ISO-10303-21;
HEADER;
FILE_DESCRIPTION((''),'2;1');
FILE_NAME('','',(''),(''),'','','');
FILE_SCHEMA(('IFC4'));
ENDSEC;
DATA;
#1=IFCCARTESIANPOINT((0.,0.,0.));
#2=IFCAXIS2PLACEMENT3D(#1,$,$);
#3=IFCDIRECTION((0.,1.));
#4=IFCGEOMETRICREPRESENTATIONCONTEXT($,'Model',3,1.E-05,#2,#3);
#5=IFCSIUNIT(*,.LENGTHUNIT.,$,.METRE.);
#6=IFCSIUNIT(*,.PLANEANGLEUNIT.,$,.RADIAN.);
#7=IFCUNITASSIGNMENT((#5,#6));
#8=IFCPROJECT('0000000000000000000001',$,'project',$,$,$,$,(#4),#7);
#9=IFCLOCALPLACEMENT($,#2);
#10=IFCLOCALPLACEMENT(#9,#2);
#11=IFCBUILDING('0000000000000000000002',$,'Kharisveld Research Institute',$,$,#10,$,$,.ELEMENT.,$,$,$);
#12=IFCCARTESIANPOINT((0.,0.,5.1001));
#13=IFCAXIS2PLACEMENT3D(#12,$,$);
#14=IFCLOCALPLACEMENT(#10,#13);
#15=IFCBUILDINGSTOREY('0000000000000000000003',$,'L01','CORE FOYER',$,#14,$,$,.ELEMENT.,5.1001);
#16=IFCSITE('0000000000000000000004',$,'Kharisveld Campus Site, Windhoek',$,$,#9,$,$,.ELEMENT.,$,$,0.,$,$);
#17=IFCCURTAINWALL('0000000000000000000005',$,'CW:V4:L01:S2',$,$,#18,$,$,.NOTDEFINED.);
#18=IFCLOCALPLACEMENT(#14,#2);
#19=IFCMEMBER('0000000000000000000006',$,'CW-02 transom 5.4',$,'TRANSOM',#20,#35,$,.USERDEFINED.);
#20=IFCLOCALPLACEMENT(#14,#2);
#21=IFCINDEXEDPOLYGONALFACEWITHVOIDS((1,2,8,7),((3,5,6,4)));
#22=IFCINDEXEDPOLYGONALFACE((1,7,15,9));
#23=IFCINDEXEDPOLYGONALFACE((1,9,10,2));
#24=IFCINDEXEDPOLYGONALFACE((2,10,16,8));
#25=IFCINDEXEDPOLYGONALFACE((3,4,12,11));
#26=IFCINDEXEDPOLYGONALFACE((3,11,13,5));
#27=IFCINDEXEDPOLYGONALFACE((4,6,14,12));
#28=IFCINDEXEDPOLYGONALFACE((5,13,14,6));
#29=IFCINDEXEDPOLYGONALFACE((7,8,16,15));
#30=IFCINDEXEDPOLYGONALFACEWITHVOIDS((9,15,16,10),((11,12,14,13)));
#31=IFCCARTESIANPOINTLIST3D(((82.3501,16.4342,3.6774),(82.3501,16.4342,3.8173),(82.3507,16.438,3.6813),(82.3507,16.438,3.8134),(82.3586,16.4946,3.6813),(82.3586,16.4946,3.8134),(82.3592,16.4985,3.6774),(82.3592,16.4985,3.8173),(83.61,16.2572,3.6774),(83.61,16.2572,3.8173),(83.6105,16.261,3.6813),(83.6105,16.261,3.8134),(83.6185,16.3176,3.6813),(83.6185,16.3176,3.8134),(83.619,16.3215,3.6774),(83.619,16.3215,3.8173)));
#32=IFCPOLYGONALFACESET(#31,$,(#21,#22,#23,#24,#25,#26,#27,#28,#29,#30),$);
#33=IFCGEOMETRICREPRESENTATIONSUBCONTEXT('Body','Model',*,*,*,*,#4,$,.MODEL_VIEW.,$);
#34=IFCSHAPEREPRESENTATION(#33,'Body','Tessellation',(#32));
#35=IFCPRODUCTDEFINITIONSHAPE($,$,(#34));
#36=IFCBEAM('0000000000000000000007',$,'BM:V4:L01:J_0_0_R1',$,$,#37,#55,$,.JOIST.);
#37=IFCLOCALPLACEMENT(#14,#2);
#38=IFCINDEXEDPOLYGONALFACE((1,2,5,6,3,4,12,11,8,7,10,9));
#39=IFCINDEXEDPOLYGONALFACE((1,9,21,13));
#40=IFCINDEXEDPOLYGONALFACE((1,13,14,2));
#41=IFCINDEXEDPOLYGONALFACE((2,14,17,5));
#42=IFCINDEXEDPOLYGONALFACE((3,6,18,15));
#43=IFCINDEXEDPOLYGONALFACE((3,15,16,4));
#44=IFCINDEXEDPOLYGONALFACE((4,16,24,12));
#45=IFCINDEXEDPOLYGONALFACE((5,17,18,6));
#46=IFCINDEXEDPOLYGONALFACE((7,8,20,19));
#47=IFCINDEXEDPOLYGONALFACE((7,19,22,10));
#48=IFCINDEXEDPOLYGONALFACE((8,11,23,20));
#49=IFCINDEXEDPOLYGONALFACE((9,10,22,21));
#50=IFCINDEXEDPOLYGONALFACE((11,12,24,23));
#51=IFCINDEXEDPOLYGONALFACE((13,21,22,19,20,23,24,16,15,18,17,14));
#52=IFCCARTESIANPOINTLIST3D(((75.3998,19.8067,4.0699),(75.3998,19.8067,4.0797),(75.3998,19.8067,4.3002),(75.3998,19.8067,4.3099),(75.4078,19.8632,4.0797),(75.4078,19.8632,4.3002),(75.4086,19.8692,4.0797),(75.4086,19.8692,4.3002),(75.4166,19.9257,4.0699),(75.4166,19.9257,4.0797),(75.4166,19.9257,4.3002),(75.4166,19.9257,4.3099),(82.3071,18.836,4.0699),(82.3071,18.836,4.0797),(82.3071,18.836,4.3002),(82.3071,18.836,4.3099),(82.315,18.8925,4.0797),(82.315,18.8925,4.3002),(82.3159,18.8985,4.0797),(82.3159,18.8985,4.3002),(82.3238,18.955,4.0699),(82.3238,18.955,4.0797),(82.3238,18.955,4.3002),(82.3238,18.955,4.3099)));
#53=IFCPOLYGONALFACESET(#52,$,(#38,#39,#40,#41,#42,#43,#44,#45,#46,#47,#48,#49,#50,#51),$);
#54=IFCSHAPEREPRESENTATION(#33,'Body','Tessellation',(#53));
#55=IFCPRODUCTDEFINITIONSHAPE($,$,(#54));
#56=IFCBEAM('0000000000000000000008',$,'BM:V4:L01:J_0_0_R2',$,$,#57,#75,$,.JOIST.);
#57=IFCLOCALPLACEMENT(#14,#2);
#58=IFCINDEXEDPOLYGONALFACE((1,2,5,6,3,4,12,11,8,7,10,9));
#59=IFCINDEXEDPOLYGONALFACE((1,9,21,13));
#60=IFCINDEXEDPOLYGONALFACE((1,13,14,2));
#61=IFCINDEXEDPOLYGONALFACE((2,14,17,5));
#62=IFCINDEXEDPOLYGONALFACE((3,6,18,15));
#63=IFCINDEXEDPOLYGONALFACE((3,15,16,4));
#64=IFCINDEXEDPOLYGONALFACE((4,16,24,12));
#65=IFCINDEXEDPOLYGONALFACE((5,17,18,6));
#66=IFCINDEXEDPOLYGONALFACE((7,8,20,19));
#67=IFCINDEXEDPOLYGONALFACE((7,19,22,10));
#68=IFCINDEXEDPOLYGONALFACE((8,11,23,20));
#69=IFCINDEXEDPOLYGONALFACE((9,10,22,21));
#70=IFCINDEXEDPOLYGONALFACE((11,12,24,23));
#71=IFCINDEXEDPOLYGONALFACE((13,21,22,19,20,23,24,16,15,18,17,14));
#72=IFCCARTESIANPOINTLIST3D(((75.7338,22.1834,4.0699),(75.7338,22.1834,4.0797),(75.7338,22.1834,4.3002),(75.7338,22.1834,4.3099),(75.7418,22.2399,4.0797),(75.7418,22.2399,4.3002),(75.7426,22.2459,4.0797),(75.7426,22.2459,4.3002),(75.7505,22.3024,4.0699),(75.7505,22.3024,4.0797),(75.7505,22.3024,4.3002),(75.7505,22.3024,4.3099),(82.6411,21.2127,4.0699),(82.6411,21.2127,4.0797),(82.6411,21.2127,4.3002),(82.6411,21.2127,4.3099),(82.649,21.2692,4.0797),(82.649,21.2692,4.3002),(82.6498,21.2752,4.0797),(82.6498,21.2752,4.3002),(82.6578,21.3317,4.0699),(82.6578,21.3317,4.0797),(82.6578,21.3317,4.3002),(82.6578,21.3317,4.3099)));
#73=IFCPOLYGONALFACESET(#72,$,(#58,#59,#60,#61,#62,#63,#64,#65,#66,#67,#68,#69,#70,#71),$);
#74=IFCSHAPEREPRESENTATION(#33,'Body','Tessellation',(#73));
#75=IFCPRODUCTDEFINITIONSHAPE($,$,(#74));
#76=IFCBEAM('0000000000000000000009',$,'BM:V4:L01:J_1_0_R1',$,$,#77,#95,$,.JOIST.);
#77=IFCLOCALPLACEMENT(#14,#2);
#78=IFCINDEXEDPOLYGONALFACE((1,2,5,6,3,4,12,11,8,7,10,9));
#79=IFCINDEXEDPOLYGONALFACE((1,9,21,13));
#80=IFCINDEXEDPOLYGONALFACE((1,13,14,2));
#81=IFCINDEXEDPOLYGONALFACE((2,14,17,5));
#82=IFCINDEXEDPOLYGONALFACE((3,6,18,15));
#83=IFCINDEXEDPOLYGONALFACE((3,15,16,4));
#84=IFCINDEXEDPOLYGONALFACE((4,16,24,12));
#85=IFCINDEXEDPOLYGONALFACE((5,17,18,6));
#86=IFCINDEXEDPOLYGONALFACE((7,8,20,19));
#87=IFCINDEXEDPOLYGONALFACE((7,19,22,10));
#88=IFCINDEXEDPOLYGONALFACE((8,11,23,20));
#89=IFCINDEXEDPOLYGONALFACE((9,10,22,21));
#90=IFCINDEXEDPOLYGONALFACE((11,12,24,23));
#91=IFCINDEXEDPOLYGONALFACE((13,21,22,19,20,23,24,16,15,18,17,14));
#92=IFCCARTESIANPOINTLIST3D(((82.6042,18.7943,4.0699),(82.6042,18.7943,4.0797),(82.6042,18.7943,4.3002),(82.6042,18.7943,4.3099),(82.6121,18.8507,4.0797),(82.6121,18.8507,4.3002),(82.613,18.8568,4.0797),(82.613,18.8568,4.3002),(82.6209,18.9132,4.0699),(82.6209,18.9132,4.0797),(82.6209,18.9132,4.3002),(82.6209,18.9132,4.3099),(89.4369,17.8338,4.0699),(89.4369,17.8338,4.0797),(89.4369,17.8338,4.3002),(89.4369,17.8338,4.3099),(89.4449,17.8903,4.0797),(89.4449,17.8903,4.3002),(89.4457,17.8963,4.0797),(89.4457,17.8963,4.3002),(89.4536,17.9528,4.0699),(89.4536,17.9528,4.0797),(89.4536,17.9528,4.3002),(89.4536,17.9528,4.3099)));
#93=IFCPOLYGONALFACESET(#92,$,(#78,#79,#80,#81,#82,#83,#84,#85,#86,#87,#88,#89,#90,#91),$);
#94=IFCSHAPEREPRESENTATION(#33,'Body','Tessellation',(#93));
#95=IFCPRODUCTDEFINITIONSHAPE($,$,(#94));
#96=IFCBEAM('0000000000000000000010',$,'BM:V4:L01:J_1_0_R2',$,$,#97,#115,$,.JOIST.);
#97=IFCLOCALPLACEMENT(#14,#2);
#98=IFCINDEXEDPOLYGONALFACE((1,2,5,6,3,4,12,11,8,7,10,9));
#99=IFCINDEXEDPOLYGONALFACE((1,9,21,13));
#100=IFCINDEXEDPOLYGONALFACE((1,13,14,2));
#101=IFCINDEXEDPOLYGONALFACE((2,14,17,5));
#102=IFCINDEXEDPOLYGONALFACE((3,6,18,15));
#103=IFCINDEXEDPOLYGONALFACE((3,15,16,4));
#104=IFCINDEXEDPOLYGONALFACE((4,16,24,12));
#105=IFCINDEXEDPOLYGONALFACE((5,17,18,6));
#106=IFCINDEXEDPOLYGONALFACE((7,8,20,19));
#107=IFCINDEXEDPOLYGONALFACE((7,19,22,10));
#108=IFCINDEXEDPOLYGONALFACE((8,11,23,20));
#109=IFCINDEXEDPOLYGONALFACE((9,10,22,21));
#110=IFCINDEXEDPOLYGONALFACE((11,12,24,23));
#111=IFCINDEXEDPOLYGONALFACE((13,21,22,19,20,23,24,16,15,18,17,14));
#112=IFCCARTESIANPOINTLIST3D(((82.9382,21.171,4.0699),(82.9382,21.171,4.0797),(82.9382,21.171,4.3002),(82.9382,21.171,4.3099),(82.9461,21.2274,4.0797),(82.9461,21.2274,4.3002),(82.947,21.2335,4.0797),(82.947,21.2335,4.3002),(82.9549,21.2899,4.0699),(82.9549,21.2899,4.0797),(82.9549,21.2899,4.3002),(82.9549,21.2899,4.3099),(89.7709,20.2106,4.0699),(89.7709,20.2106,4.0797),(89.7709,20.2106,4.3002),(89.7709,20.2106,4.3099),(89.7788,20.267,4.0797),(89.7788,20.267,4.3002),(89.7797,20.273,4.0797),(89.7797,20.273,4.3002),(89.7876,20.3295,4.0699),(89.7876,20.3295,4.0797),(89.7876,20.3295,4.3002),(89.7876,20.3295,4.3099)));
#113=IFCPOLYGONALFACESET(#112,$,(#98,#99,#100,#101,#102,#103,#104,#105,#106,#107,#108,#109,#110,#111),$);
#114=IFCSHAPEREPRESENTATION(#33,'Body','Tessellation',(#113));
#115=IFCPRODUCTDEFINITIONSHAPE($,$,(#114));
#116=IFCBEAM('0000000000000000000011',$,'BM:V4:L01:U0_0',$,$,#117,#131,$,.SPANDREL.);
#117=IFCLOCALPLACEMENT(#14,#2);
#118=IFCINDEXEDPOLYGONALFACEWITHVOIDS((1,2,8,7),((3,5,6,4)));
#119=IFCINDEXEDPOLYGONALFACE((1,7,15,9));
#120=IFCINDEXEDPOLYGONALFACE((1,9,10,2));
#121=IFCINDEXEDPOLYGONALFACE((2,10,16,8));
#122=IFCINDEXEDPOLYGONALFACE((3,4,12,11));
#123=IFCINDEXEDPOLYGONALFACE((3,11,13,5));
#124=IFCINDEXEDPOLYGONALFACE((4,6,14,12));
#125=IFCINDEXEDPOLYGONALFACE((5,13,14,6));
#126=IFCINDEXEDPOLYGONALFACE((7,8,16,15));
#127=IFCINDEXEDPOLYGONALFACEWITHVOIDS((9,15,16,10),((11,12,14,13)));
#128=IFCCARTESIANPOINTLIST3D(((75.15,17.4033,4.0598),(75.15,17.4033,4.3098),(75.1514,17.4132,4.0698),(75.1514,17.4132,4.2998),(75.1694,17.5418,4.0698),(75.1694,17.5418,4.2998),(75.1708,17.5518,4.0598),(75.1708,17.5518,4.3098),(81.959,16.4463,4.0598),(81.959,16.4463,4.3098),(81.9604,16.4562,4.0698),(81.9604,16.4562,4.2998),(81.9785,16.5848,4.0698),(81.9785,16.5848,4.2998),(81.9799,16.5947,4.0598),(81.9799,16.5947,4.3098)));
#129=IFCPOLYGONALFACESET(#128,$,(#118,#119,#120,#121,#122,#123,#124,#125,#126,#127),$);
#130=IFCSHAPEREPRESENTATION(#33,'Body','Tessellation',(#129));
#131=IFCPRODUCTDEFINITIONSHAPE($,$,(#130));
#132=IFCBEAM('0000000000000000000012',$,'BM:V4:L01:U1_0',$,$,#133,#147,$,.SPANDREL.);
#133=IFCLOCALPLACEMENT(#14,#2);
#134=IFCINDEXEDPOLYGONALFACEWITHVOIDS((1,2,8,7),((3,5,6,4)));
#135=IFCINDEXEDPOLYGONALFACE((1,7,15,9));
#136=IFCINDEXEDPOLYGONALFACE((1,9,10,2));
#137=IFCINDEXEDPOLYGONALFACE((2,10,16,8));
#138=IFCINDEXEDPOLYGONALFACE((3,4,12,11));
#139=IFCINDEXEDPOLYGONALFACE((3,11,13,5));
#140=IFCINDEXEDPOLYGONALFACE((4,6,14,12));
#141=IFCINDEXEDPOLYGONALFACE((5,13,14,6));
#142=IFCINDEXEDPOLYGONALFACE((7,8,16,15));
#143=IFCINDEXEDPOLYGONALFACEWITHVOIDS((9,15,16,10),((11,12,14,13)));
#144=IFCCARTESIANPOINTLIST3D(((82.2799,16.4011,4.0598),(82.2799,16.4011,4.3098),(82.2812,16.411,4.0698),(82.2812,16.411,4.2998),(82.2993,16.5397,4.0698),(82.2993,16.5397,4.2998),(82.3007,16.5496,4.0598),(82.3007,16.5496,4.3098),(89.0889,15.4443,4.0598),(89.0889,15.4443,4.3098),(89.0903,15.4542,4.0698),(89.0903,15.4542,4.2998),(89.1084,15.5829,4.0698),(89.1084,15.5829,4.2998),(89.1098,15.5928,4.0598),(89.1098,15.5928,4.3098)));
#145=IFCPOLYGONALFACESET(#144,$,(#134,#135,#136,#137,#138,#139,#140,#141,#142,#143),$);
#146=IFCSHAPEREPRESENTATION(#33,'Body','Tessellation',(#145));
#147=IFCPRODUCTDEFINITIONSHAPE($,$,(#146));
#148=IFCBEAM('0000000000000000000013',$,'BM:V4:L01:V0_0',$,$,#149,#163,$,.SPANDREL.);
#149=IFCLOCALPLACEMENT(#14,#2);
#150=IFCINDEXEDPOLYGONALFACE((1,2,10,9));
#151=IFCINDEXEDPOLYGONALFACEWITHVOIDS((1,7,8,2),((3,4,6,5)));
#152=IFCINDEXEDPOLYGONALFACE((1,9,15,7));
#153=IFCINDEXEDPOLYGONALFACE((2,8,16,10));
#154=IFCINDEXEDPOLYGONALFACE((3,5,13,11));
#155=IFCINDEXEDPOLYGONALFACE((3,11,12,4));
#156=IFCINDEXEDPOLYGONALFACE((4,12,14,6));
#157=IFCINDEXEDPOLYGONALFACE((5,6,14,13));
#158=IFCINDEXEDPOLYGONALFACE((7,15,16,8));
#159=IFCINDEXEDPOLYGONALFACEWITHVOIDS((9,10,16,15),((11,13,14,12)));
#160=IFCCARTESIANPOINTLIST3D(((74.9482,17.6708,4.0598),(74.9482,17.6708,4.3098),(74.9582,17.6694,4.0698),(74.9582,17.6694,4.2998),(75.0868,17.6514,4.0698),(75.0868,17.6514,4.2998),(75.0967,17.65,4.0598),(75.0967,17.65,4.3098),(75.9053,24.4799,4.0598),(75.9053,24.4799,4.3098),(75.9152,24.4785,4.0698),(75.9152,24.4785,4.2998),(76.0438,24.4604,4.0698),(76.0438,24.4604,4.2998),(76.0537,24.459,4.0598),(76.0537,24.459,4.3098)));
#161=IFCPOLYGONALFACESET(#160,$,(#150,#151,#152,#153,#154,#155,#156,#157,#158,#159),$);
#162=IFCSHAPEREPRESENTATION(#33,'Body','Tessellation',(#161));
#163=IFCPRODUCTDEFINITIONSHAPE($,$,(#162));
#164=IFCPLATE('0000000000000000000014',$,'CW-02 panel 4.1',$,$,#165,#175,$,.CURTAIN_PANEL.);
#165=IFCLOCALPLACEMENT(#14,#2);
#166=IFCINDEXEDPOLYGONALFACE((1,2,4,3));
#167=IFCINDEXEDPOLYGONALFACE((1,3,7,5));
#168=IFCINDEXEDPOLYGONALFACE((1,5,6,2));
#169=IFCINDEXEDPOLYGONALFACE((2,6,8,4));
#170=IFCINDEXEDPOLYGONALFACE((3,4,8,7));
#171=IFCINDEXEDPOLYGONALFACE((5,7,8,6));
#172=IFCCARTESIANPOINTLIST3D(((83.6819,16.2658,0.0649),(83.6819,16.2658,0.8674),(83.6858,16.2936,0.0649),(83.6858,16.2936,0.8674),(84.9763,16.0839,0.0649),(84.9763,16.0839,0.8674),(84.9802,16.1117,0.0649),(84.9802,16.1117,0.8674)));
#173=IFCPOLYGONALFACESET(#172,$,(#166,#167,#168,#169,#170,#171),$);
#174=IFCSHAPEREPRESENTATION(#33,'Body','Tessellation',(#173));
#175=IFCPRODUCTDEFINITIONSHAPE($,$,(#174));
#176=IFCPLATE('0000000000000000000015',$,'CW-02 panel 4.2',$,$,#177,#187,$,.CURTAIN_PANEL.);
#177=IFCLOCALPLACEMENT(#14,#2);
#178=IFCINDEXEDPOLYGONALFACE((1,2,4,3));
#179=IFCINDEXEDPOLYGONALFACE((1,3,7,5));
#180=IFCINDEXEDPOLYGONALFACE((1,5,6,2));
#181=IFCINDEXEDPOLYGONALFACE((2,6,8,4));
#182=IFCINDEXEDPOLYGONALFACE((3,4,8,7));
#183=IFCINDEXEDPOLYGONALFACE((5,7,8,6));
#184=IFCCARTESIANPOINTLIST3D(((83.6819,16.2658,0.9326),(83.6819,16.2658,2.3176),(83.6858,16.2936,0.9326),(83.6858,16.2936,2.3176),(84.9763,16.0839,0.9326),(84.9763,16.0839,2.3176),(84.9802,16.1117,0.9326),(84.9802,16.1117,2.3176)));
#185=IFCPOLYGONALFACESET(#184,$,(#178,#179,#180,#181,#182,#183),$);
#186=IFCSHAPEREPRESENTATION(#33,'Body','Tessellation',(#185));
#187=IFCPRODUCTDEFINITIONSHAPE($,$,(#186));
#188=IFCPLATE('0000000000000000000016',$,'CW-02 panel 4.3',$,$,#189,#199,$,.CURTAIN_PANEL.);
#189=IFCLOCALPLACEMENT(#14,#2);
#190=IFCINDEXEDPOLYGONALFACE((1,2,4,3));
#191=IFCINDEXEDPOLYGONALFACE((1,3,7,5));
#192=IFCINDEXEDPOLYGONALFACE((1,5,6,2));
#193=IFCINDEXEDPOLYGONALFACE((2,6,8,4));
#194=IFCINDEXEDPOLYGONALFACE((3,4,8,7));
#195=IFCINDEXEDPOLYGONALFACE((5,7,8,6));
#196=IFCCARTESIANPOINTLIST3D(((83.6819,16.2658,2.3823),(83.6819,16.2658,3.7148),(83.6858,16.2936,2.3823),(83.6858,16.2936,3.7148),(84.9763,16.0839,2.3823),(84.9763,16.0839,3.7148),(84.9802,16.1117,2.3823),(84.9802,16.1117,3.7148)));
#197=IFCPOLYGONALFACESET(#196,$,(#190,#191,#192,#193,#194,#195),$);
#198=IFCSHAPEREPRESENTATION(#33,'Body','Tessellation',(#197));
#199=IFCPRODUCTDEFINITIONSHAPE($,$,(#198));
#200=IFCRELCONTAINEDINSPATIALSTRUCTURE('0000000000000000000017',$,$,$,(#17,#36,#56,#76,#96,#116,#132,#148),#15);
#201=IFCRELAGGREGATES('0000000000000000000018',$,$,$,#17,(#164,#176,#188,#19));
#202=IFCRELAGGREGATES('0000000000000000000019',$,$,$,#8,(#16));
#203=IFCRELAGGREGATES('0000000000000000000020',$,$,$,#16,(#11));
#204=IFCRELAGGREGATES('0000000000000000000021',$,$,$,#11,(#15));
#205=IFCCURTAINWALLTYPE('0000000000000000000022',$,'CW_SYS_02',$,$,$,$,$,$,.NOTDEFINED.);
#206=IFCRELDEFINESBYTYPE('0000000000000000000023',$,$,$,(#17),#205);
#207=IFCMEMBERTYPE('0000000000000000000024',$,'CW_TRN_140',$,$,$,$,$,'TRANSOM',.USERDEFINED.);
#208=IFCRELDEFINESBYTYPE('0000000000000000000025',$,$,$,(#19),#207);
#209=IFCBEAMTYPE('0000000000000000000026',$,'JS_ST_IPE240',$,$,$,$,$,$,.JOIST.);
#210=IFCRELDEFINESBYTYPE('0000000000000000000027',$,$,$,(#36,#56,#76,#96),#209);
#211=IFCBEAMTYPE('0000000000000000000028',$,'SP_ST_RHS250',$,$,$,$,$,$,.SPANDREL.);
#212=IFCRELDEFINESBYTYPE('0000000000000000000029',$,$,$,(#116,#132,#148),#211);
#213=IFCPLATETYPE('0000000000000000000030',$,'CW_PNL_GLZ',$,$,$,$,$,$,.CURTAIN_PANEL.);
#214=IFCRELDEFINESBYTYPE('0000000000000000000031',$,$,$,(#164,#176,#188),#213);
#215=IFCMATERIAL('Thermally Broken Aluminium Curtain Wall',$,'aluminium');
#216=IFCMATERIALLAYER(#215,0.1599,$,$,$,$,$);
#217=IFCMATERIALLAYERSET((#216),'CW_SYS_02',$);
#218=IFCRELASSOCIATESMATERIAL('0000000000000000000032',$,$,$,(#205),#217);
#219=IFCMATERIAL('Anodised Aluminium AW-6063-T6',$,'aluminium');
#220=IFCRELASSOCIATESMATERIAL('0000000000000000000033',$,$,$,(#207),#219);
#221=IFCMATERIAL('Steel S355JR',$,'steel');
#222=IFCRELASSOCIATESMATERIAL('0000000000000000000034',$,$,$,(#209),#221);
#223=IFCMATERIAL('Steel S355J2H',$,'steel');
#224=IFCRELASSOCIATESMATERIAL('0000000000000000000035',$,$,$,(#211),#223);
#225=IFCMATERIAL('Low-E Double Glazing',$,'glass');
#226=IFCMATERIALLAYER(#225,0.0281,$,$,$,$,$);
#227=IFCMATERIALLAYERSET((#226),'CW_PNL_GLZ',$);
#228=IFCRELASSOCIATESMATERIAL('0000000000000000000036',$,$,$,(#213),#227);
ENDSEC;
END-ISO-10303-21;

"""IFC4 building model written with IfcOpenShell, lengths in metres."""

from ifc_helpers import new_model, si_unit, direction, frame, origin, origin_2d, place, context, subcontext, project, spatial, rectangle, hollow_rectangle, i_section, extrude, material, layer, layer_set, material_profile, profile_set, type_object, element, aggregate, save


model = new_model("IFC4")

# Units and contexts
model_context = context("Model", 3, precision=1e-05, world=origin(), true_north=direction((0.0, 1.0)))
body_context = subcontext(model_context, "Body", "Model", "MODEL_VIEW")
ifc_project = project(units=[si_unit("LENGTHUNIT", "METRE"), si_unit("PLANEANGLEUNIT", "RADIAN")], contexts=[model_context])

# Site, building, storey
site_placement = place(None, origin())
site = spatial("IfcSite", under=ifc_project, at=site_placement, Name="Kharisveld Campus Site, Windhoek", CompositionType="ELEMENT", RefElevation=0.0)
building_placement = place(site_placement, origin())
building = spatial("IfcBuilding", under=site, at=building_placement, Name="Kharisveld Research Institute", CompositionType="ELEMENT")
storey_placement = place(building_placement, frame((0.0, 0.0, 5.1001)))
storey = spatial("IfcBuildingStorey", under=building, at=storey_placement, Name="L01", Description="CORE FOYER", CompositionType="ELEMENT", Elevation=5.1001)

# Curtain wall, member
ifc_material_1 = material(Name="Thermally Broken Aluminium Curtain Wall", Category="aluminium")
ifc_layer_1 = layer(ifc_material_1, 0.1599)
ifc_layer_set_1 = layer_set([ifc_layer_1], Name="CW_SYS_02")
curtain_wall_type = type_object("IfcCurtainWallType", Name="CW_SYS_02", PredefinedType="NOTDEFINED", material=ifc_layer_set_1)
curtain_wall_placement = place(storey_placement, origin())
curtain_wall = element("IfcCurtainWall", 1, at=curtain_wall_placement, inside=storey, type_object=curtain_wall_type, Name="CW:V4:L01:S2", PredefinedType="NOTDEFINED")
ifc_material_2 = material(Name="Anodised Aluminium AW-6063-T6", Category="aluminium")
ifc_material_profile_1 = material_profile(ifc_material_2, hollow_rectangle(XDim=0.0649, YDim=0.1399, WallThickness=0.0039, at=origin_2d()))
ifc_profile_set_1 = profile_set([ifc_material_profile_1], Name="Anodised Aluminium AW-6063-T6")
member_type_1 = type_object("IfcMemberType", Name="CW_TRN_140", ElementType="TRANSOM", PredefinedType="USERDEFINED", material=ifc_profile_set_1)
member_1_placement = place(storey_placement, frame((83.6145, 16.2893, 3.7473), z_axis=(-0.990273, 0.139137, 0.0), x_axis=(-0.139137, -0.990273, 0.0)))
member_1 = element("IfcMember", 2, at=member_1_placement, type_object=member_type_1, Name="CW-02 transom 5.4", ObjectType="TRANSOM", PredefinedType="USERDEFINED", context=body_context, shape_type="SweptSolid", body=[
    extrude(hollow_rectangle(XDim=0.0649, YDim=0.1399, WallThickness=0.0039, at=origin_2d()), origin(), (0.0, 0.0, 1.0), 1.2722),
])

# Beams
ifc_material_3 = material(Name="Steel S355JR", Category="steel")
ifc_material_profile_2 = material_profile(ifc_material_3, i_section(OverallWidth=0.1201, OverallDepth=0.24, WebThickness=0.0061, FlangeThickness=0.0098, at=origin_2d()))
ifc_profile_set_2 = profile_set([ifc_material_profile_2], Name="Steel S355JR")
beam_type_1 = type_object("IfcBeamType", Name="JS_ST_IPE240", PredefinedType="JOIST", material=ifc_profile_set_2)
for number, where, z_axis, x_axis, name in (
    (3, (75.4082, 19.8662, 4.1899), (0.990269, -0.139167, 0.0), (0.139167, 0.990269, 0.0), "BM:V4:L01:J_0_0_R1"),
    (4, (75.7422, 22.2429, 4.1899), (0.990269, -0.139167, 0.0), (0.139167, 0.990269, 0.0), "BM:V4:L01:J_0_0_R2"),
):
    element("IfcBeam", number, at=place(storey_placement, frame(where, z_axis=z_axis, x_axis=x_axis)), inside=storey, type_object=beam_type_1, Name=name, PredefinedType="JOIST", context=body_context, shape_type="SweptSolid", body=[
        extrude(i_section(OverallWidth=0.1201, OverallDepth=0.24, WebThickness=0.0061, FlangeThickness=0.0098, at=origin_2d()), origin(), (0.0, 0.0, 1.0), 6.9751),
    ])
for number, where, z_axis, x_axis, name in (
    (5, (82.6125, 18.8538, 4.1899), (0.990265, -0.139197, 0.0), (0.139197, 0.990265, 0.0), "BM:V4:L01:J_1_0_R1"),
    (6, (82.9465, 21.2305, 4.1899), (0.990265, -0.139197, 0.0), (0.139197, 0.990265, 0.0), "BM:V4:L01:J_1_0_R2"),
):
    element("IfcBeam", number, at=place(storey_placement, frame(where, z_axis=z_axis, x_axis=x_axis)), inside=storey, type_object=beam_type_1, Name=name, PredefinedType="JOIST", context=body_context, shape_type="SweptSolid", body=[
        extrude(i_section(OverallWidth=0.1201, OverallDepth=0.24, WebThickness=0.0061, FlangeThickness=0.0098, at=origin_2d()), origin(), (0.0, 0.0, 1.0), 6.8999),
    ])
ifc_material_4 = material(Name="Steel S355J2H", Category="steel")
ifc_material_profile_3 = material_profile(ifc_material_4, hollow_rectangle(XDim=0.1499, YDim=0.25, WallThickness=0.01, at=origin_2d()))
ifc_profile_set_3 = profile_set([ifc_material_profile_3], Name="Steel S355J2H")
beam_type_2 = type_object("IfcBeamType", Name="SP_ST_RHS250", PredefinedType="SPANDREL", material=ifc_profile_set_3)
for number, where, z_axis, x_axis, name in (
    (7, (75.1604, 17.4775, 4.1848), (0.990267, -0.139184, 0.0), (0.139184, 0.990267, 0.0), "BM:V4:L01:U0_0"),
    (8, (82.2903, 16.4753, 4.1848), (0.990271, -0.139149, 0.0), (0.139149, 0.990271, 0.0), "BM:V4:L01:U1_0"),
    (9, (75.0225, 17.6604, 4.1848), (0.139184, 0.990267, 0.0), (-0.990267, 0.139184, 0.0), "BM:V4:L01:V0_0"),
):
    element("IfcBeam", number, at=place(storey_placement, frame(where, z_axis=z_axis, x_axis=x_axis)), inside=storey, type_object=beam_type_2, Name=name, PredefinedType="SPANDREL", context=body_context, shape_type="SweptSolid", body=[
        extrude(hollow_rectangle(XDim=0.1499, YDim=0.25, WallThickness=0.01, at=origin_2d()), origin(), (0.0, 0.0, 1.0), 6.876),
    ])

# Plates
ifc_material_5 = material(Name="Low-E Double Glazing", Category="glass")
ifc_layer_2 = layer(ifc_material_5, 0.0281)
ifc_layer_set_2 = layer_set([ifc_layer_2], Name="CW_PNL_GLZ")
plate_type_1 = type_object("IfcPlateType", Name="CW_PNL_GLZ", PredefinedType="CURTAIN_PANEL", material=ifc_layer_set_2)
plate_1_placement = place(storey_placement, frame((84.3311, 16.1887, 0.0649), z_axis=(0.0, 0.0, 1.0), x_axis=(-0.990268, 0.139173, 0.0)))
plate_1 = element("IfcPlate", 10, at=plate_1_placement, type_object=plate_type_1, Name="CW-02 panel 4.1", PredefinedType="CURTAIN_PANEL", context=body_context, shape_type="SweptSolid", body=[
    extrude(rectangle(XDim=1.3071, YDim=0.0281, at=origin_2d()), origin(), (0.0, 0.0, 1.0), 0.8025),
])
plate_2_placement = place(storey_placement, frame((84.3311, 16.1887, 0.9326), z_axis=(0.0, 0.0, 1.0), x_axis=(-0.990268, 0.139173, 0.0)))
plate_2 = element("IfcPlate", 11, at=plate_2_placement, type_object=plate_type_1, Name="CW-02 panel 4.2", PredefinedType="CURTAIN_PANEL", context=body_context, shape_type="SweptSolid", body=[
    extrude(rectangle(XDim=1.3071, YDim=0.0281, at=origin_2d()), origin(), (0.0, 0.0, 1.0), 1.385),
])
plate_3_placement = place(storey_placement, frame((84.3311, 16.1887, 2.3823), z_axis=(0.0, 0.0, 1.0), x_axis=(-0.990268, 0.139173, 0.0)))
plate_3 = element("IfcPlate", 12, at=plate_3_placement, type_object=plate_type_1, Name="CW-02 panel 4.3", PredefinedType="CURTAIN_PANEL", context=body_context, shape_type="SweptSolid", body=[
    extrude(rectangle(XDim=1.3071, YDim=0.0281, at=origin_2d()), origin(), (0.0, 0.0, 1.0), 1.3325),
])
aggregate(curtain_wall, [plate_1, plate_2, plate_3, member_1])

save(model, "model.ifc")
